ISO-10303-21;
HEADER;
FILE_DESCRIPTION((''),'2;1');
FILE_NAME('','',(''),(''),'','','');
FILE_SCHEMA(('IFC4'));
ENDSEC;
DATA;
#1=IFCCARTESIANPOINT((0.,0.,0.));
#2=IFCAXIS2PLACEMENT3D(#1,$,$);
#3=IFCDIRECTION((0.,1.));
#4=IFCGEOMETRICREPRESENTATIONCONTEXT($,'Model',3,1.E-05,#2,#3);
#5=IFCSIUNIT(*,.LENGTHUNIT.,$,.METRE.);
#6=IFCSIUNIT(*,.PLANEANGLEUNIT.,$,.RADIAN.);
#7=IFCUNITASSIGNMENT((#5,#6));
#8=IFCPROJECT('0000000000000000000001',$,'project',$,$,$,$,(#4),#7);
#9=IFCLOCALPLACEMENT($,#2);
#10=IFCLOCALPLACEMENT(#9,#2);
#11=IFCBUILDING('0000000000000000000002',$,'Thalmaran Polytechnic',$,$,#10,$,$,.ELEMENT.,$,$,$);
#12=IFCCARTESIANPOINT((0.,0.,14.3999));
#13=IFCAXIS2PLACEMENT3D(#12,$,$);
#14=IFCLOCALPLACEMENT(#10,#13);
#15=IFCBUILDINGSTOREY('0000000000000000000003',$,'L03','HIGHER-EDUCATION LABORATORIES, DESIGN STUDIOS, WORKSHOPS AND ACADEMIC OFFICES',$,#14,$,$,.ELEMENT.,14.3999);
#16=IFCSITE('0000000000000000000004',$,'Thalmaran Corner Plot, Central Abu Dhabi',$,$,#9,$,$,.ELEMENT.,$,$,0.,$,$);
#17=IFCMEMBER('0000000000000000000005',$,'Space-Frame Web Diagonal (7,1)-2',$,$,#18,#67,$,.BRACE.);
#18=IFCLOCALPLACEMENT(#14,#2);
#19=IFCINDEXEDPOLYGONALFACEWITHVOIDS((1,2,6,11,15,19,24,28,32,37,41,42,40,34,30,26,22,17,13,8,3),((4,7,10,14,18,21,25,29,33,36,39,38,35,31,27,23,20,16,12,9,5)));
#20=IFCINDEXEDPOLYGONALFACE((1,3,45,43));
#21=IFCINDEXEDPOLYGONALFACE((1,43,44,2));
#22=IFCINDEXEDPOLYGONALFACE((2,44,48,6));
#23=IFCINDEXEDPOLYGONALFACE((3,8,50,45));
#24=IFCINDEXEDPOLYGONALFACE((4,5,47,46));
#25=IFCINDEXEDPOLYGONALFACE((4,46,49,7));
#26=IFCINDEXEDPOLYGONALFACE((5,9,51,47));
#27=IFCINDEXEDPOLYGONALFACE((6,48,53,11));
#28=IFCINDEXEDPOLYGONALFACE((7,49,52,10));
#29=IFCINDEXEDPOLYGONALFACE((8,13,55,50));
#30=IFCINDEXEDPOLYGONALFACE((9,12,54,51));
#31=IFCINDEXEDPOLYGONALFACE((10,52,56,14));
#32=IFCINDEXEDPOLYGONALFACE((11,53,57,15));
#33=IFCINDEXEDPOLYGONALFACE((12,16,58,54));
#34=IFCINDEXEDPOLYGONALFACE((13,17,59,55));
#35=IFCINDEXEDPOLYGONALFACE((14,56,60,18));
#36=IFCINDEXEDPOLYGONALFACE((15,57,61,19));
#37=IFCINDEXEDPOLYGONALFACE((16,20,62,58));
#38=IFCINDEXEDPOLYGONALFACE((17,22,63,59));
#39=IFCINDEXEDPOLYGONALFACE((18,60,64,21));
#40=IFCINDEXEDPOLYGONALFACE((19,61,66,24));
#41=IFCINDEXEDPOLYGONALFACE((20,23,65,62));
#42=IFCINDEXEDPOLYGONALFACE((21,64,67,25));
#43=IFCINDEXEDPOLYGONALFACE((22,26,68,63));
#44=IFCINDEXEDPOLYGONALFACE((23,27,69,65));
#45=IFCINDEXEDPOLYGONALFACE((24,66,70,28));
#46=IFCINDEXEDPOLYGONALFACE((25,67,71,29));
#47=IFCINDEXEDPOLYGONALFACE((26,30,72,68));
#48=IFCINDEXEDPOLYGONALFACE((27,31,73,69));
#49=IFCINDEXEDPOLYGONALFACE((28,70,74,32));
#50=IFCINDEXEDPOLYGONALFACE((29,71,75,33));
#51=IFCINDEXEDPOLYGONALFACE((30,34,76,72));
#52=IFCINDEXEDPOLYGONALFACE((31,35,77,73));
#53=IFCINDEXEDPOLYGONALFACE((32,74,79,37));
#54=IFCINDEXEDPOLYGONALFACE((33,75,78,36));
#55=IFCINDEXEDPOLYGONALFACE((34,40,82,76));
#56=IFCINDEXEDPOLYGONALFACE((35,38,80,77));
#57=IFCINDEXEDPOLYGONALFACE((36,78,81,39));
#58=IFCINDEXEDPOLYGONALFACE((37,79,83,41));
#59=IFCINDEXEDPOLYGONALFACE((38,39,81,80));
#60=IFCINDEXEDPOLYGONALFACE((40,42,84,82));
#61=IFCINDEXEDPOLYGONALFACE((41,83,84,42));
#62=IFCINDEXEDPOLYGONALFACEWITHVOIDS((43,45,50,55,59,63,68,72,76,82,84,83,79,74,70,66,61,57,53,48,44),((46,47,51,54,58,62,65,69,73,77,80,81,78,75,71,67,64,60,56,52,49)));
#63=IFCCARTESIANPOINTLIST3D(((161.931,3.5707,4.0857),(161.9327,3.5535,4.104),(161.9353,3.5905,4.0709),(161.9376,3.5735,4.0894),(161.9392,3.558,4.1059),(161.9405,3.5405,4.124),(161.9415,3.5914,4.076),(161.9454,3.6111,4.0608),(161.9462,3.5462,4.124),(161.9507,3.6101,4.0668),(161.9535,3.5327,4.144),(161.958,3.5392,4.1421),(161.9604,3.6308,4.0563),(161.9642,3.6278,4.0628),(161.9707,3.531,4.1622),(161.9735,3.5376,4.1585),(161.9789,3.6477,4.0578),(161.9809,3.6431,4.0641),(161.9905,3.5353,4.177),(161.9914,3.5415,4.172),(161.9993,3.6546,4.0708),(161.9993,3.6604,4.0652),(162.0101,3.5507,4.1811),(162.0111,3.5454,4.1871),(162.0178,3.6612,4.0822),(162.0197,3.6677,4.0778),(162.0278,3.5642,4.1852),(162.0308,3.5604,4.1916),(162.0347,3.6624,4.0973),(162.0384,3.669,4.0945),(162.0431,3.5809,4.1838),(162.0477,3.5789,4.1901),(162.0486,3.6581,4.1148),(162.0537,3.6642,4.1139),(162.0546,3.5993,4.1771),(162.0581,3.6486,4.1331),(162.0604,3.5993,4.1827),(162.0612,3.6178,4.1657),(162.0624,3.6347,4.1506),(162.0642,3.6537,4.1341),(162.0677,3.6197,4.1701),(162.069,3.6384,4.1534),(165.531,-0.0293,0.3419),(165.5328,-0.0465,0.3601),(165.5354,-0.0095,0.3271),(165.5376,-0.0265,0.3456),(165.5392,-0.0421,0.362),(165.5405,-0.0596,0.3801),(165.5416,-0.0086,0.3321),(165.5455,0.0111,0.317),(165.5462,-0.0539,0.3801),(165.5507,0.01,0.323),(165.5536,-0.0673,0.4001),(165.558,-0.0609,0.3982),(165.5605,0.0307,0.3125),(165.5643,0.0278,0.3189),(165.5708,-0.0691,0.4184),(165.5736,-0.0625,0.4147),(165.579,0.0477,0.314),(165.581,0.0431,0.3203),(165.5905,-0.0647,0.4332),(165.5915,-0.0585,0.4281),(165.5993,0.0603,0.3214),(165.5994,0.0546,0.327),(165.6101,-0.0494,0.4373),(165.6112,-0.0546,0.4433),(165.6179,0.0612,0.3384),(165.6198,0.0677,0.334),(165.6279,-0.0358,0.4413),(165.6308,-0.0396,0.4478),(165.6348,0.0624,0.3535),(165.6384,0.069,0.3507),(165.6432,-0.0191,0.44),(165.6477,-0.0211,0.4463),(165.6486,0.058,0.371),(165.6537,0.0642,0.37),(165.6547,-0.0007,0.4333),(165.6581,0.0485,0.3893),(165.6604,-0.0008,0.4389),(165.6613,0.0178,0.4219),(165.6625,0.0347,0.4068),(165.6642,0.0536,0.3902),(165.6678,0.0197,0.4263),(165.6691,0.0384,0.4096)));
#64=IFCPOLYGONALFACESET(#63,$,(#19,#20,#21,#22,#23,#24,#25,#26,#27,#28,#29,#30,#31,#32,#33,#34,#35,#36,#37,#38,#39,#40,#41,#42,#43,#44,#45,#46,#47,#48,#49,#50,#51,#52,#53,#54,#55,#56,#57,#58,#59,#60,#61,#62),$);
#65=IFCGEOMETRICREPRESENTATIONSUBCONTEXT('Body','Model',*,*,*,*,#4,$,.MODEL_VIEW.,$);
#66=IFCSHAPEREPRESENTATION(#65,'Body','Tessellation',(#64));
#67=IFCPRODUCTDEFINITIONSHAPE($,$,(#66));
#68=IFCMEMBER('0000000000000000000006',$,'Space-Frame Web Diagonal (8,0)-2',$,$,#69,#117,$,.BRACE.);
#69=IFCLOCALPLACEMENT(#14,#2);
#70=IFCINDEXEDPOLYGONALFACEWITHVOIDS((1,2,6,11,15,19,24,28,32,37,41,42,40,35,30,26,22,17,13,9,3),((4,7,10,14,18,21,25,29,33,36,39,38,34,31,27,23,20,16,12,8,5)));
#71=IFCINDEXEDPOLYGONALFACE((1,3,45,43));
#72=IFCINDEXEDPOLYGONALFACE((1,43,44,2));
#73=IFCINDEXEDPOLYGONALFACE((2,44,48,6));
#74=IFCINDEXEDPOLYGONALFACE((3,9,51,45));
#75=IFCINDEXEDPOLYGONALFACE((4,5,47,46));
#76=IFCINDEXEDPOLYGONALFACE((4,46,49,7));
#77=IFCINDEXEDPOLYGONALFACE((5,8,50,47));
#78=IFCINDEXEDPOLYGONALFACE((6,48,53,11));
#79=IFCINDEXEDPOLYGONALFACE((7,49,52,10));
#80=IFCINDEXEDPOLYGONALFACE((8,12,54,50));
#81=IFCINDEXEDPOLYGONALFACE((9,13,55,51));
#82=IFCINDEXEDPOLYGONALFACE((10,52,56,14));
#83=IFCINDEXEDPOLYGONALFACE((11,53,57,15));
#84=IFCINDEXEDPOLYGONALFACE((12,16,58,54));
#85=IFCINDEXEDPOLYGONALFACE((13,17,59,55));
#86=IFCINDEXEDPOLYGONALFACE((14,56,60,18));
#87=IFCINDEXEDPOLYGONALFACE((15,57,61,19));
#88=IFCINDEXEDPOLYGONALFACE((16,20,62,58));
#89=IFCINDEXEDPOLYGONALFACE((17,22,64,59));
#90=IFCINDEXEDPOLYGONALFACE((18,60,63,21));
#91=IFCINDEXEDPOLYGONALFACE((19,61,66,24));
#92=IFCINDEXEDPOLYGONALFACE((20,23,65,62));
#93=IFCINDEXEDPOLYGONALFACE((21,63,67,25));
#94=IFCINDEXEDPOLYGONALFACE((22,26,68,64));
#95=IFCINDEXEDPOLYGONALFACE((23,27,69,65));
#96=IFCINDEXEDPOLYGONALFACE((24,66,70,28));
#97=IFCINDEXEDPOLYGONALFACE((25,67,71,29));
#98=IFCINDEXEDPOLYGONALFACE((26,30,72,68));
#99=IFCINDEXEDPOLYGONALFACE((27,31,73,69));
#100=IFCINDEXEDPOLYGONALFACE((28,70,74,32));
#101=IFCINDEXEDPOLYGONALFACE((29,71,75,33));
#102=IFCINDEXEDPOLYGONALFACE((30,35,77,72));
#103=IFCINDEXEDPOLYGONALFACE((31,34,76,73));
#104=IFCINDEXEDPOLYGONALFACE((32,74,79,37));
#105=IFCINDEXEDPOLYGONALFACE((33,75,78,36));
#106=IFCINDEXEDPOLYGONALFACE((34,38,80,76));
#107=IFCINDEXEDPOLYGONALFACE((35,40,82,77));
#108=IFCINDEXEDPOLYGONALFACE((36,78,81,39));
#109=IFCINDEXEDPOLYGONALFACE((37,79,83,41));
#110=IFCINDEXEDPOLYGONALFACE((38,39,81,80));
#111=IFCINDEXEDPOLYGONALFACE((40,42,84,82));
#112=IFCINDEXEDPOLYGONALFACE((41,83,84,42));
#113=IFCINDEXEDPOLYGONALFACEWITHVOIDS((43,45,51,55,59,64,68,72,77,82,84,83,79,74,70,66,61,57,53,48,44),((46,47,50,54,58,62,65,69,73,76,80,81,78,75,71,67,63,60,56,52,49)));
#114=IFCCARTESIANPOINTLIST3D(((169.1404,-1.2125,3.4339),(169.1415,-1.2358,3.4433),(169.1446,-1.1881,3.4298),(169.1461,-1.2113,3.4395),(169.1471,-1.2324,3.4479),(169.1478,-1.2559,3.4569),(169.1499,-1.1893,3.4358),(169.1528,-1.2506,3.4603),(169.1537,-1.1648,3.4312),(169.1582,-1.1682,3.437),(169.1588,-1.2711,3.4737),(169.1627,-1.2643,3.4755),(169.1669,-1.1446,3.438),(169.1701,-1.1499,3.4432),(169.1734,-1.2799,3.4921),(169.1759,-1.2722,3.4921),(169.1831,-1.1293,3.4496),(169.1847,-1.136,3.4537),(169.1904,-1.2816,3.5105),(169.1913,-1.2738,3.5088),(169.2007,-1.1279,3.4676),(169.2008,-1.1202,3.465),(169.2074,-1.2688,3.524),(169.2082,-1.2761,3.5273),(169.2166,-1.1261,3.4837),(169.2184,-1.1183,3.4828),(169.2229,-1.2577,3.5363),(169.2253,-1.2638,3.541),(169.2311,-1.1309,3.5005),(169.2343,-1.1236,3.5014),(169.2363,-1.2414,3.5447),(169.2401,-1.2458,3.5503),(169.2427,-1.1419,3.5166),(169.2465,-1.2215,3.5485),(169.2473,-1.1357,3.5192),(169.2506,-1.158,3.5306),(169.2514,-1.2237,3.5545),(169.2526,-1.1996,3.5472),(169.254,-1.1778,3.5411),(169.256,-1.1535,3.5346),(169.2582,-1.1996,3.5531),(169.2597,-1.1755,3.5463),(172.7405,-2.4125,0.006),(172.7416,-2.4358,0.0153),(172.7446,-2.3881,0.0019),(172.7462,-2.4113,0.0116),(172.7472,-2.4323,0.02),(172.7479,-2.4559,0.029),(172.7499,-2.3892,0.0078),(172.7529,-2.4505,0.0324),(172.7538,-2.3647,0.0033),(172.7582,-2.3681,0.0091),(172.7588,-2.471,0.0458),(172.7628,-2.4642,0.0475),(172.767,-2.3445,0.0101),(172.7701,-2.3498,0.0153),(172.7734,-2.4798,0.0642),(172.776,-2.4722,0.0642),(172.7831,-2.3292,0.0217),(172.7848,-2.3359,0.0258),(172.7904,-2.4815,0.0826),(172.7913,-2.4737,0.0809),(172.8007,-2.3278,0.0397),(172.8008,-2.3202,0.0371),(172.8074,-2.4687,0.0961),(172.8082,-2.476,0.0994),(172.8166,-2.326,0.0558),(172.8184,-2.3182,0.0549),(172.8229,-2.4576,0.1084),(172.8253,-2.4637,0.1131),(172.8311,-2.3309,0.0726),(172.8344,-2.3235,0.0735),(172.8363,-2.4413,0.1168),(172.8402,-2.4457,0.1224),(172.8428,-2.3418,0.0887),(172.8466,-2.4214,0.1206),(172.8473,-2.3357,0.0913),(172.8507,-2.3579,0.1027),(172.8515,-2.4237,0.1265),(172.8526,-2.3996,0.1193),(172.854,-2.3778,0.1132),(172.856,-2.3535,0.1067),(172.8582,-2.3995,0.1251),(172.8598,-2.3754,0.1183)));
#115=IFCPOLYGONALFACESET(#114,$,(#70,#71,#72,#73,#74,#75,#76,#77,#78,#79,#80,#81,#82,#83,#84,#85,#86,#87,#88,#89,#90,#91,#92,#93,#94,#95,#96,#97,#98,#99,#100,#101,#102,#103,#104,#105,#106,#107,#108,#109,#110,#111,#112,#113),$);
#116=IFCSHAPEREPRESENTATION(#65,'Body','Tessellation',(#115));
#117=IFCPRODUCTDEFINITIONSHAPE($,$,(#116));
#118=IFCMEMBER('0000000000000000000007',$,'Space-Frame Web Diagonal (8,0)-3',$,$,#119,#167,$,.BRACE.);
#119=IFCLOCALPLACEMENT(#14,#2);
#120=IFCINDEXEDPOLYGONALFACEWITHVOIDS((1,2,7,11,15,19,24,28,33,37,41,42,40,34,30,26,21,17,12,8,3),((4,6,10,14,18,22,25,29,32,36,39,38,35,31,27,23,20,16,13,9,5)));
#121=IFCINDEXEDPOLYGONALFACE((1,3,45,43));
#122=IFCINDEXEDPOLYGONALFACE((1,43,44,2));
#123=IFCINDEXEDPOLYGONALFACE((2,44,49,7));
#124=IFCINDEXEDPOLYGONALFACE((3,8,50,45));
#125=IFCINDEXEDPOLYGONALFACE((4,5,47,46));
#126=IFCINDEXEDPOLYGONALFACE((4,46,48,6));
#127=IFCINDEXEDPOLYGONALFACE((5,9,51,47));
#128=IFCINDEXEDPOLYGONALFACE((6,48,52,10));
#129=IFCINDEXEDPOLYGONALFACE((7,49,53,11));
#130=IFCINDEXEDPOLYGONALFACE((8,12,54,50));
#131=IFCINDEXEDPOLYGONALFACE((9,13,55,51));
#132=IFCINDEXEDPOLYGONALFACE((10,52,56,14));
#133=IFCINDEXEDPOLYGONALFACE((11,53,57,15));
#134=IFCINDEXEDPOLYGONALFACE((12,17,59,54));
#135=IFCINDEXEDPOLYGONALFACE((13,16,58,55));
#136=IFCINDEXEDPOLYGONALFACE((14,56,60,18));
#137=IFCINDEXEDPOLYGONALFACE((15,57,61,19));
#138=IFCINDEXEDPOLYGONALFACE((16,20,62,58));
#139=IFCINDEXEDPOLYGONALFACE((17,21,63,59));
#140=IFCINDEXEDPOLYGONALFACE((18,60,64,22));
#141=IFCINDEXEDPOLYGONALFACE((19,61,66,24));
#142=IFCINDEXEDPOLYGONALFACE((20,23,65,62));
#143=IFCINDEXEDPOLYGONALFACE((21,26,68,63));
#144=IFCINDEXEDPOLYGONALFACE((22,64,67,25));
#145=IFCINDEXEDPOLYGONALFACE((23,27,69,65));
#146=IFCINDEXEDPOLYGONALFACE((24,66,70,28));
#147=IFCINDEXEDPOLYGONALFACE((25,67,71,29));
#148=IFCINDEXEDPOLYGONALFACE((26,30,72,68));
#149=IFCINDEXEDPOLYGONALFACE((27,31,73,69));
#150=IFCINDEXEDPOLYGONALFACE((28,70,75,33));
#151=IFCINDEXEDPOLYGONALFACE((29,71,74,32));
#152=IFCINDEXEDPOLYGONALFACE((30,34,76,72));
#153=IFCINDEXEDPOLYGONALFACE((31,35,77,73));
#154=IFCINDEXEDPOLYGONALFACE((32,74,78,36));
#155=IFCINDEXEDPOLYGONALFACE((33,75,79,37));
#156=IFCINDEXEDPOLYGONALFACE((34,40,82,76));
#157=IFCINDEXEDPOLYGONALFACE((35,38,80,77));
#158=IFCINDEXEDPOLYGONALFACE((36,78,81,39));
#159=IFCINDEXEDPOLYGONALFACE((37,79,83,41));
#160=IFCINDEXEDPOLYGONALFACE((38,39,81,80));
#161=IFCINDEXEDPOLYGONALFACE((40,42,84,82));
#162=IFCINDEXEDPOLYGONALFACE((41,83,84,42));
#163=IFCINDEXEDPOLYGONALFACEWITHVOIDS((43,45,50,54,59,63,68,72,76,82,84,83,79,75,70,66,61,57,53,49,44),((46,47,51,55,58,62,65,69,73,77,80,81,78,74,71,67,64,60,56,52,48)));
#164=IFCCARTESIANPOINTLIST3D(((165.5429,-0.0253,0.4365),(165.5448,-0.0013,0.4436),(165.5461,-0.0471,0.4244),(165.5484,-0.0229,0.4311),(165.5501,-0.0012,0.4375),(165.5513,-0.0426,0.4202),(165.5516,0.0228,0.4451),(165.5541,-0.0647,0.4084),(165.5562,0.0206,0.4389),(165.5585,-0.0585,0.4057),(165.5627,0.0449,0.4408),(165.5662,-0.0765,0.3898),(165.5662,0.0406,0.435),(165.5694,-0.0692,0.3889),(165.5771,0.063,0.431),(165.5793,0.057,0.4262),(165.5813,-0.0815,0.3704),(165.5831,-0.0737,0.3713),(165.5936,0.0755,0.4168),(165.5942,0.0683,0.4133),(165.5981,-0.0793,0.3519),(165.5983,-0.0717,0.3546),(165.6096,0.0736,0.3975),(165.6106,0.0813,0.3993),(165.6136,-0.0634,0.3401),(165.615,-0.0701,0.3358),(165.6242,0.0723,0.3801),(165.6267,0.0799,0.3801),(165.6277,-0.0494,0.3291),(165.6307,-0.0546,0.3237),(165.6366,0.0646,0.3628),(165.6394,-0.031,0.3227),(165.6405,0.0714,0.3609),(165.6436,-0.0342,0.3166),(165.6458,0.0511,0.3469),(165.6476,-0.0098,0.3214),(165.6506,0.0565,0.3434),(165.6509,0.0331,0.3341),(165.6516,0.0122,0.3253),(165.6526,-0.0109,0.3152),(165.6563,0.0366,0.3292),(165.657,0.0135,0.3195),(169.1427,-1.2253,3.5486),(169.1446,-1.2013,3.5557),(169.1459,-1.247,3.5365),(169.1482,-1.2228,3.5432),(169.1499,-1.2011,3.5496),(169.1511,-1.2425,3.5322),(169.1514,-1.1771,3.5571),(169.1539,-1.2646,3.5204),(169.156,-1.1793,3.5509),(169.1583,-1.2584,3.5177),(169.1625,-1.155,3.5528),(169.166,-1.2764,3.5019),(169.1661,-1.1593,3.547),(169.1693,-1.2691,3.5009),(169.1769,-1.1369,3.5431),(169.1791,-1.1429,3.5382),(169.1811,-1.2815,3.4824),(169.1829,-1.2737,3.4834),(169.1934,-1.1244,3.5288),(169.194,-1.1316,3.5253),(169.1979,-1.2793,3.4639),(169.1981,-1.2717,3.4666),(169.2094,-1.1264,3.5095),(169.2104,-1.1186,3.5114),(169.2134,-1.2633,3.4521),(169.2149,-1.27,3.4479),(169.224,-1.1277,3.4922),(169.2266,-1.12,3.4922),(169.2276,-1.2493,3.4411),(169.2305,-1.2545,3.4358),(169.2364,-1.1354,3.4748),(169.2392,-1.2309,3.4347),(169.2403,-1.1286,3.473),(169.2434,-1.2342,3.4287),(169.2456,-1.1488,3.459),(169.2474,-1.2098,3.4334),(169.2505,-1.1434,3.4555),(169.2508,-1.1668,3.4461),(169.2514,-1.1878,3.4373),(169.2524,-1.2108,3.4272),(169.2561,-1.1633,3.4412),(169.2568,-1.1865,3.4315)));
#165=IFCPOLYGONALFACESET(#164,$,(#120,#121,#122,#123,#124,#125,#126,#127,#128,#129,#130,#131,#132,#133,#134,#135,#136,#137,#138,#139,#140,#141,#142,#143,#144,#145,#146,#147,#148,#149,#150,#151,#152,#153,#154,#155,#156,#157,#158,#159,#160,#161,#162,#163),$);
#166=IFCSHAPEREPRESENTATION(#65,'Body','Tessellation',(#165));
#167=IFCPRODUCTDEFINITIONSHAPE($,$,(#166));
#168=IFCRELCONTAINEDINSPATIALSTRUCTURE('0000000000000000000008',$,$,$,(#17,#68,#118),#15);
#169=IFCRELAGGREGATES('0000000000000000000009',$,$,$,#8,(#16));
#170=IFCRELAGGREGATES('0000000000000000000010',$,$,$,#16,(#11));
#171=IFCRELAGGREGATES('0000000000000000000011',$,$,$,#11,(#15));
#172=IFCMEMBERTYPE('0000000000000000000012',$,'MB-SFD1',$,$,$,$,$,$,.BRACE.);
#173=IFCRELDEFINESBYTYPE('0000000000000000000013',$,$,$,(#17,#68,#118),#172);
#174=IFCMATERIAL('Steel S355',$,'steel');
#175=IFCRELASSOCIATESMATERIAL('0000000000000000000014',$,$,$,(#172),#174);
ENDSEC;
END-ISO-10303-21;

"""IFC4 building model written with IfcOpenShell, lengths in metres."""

from ifc_helpers import new_model, si_unit, direction, frame, origin, origin_2d, place, context, subcontext, project, spatial, hollow_circle, extrude, material, material_profile, profile_set, type_object, element, save


model = new_model("IFC4")

# Units and contexts
model_context = context("Model", 3, precision=1e-05, world=origin(), true_north=direction((0.0, 1.0)))
body_context = subcontext(model_context, "Body", "Model", "MODEL_VIEW")
ifc_project = project(units=[si_unit("LENGTHUNIT", "METRE"), si_unit("PLANEANGLEUNIT", "RADIAN")], contexts=[model_context])

# Site, building, storey
site_placement = place(None, origin())
site = spatial("IfcSite", under=ifc_project, at=site_placement, Name="Thalmaran Corner Plot, Central Abu Dhabi", CompositionType="ELEMENT", RefElevation=0.0)
building_placement = place(site_placement, origin())
building = spatial("IfcBuilding", under=site, at=building_placement, Name="Thalmaran Polytechnic", CompositionType="ELEMENT")
storey_placement = place(building_placement, frame((0.0, 0.0, 14.3999)))
storey = spatial("IfcBuildingStorey", under=building, at=storey_placement, Name="L03", Description="HIGHER-EDUCATION LABORATORIES, DESIGN STUDIOS, WORKSHOPS AND ACADEMIC OFFICES", CompositionType="ELEMENT", Elevation=14.3999)

# Shared definitions
ifc_material_1 = material(Name="Steel S355", Category="steel")

# Members
ifc_material_profile_1 = material_profile(ifc_material_1, hollow_circle(Radius=0.0842, WallThickness=0.0081, at=origin_2d()), Name="CHS 168.3x8.0")
ifc_profile_set_1 = profile_set([ifc_material_profile_1], Name="Steel S355")
member_type_1 = type_object("IfcMemberType", Name="MB-SFD1", PredefinedType="BRACE", material=ifc_profile_set_1)
member_1_placement = place(storey_placement, frame((165.6001, 0.0, 0.3801), z_axis=(-0.569666, 0.569666, 0.59242), x_axis=(-0.707107, -0.707107, 0.0)))
element("IfcMember", 1, at=member_1_placement, inside=storey, type_object=member_type_1, Name="Space-Frame Web Diagonal (7,1)-2", PredefinedType="BRACE", context=body_context, shape_type="SweptSolid", body=[
    extrude(hollow_circle(Radius=0.0842, WallThickness=0.0081, at=origin_2d()), origin(), (0.0, 0.0, 1.0), 6.3196),
])
member_2_placement = place(storey_placement, frame((172.8, -2.3999, 0.0642), z_axis=(-0.703988, 0.234647, 0.67033), x_axis=(-0.316208, -0.94869, 0.0)))
element("IfcMember", 2, at=member_2_placement, inside=storey, type_object=member_type_1, Name="Space-Frame Web Diagonal (8,0)-2", PredefinedType="BRACE", context=body_context, shape_type="SweptSolid", body=[
    extrude(hollow_circle(Radius=0.0842, WallThickness=0.0081, at=origin_2d()), origin(), (0.0, 0.0, 1.0), 5.1138),
])
member_3_placement = place(storey_placement, frame((165.6001, 0.0, 0.3801), z_axis=(0.733538, -0.244513, 0.634141), x_axis=(0.316228, 0.948683, 0.0)))
element("IfcMember", 3, at=member_3_placement, inside=storey, type_object=member_type_1, Name="Space-Frame Web Diagonal (8,0)-3", PredefinedType="BRACE", context=body_context, shape_type="SweptSolid", body=[
    extrude(hollow_circle(Radius=0.0842, WallThickness=0.0081, at=origin_2d()), origin(), (0.0, 0.0, 1.0), 4.9075),
])

save(model, "model.ifc")
